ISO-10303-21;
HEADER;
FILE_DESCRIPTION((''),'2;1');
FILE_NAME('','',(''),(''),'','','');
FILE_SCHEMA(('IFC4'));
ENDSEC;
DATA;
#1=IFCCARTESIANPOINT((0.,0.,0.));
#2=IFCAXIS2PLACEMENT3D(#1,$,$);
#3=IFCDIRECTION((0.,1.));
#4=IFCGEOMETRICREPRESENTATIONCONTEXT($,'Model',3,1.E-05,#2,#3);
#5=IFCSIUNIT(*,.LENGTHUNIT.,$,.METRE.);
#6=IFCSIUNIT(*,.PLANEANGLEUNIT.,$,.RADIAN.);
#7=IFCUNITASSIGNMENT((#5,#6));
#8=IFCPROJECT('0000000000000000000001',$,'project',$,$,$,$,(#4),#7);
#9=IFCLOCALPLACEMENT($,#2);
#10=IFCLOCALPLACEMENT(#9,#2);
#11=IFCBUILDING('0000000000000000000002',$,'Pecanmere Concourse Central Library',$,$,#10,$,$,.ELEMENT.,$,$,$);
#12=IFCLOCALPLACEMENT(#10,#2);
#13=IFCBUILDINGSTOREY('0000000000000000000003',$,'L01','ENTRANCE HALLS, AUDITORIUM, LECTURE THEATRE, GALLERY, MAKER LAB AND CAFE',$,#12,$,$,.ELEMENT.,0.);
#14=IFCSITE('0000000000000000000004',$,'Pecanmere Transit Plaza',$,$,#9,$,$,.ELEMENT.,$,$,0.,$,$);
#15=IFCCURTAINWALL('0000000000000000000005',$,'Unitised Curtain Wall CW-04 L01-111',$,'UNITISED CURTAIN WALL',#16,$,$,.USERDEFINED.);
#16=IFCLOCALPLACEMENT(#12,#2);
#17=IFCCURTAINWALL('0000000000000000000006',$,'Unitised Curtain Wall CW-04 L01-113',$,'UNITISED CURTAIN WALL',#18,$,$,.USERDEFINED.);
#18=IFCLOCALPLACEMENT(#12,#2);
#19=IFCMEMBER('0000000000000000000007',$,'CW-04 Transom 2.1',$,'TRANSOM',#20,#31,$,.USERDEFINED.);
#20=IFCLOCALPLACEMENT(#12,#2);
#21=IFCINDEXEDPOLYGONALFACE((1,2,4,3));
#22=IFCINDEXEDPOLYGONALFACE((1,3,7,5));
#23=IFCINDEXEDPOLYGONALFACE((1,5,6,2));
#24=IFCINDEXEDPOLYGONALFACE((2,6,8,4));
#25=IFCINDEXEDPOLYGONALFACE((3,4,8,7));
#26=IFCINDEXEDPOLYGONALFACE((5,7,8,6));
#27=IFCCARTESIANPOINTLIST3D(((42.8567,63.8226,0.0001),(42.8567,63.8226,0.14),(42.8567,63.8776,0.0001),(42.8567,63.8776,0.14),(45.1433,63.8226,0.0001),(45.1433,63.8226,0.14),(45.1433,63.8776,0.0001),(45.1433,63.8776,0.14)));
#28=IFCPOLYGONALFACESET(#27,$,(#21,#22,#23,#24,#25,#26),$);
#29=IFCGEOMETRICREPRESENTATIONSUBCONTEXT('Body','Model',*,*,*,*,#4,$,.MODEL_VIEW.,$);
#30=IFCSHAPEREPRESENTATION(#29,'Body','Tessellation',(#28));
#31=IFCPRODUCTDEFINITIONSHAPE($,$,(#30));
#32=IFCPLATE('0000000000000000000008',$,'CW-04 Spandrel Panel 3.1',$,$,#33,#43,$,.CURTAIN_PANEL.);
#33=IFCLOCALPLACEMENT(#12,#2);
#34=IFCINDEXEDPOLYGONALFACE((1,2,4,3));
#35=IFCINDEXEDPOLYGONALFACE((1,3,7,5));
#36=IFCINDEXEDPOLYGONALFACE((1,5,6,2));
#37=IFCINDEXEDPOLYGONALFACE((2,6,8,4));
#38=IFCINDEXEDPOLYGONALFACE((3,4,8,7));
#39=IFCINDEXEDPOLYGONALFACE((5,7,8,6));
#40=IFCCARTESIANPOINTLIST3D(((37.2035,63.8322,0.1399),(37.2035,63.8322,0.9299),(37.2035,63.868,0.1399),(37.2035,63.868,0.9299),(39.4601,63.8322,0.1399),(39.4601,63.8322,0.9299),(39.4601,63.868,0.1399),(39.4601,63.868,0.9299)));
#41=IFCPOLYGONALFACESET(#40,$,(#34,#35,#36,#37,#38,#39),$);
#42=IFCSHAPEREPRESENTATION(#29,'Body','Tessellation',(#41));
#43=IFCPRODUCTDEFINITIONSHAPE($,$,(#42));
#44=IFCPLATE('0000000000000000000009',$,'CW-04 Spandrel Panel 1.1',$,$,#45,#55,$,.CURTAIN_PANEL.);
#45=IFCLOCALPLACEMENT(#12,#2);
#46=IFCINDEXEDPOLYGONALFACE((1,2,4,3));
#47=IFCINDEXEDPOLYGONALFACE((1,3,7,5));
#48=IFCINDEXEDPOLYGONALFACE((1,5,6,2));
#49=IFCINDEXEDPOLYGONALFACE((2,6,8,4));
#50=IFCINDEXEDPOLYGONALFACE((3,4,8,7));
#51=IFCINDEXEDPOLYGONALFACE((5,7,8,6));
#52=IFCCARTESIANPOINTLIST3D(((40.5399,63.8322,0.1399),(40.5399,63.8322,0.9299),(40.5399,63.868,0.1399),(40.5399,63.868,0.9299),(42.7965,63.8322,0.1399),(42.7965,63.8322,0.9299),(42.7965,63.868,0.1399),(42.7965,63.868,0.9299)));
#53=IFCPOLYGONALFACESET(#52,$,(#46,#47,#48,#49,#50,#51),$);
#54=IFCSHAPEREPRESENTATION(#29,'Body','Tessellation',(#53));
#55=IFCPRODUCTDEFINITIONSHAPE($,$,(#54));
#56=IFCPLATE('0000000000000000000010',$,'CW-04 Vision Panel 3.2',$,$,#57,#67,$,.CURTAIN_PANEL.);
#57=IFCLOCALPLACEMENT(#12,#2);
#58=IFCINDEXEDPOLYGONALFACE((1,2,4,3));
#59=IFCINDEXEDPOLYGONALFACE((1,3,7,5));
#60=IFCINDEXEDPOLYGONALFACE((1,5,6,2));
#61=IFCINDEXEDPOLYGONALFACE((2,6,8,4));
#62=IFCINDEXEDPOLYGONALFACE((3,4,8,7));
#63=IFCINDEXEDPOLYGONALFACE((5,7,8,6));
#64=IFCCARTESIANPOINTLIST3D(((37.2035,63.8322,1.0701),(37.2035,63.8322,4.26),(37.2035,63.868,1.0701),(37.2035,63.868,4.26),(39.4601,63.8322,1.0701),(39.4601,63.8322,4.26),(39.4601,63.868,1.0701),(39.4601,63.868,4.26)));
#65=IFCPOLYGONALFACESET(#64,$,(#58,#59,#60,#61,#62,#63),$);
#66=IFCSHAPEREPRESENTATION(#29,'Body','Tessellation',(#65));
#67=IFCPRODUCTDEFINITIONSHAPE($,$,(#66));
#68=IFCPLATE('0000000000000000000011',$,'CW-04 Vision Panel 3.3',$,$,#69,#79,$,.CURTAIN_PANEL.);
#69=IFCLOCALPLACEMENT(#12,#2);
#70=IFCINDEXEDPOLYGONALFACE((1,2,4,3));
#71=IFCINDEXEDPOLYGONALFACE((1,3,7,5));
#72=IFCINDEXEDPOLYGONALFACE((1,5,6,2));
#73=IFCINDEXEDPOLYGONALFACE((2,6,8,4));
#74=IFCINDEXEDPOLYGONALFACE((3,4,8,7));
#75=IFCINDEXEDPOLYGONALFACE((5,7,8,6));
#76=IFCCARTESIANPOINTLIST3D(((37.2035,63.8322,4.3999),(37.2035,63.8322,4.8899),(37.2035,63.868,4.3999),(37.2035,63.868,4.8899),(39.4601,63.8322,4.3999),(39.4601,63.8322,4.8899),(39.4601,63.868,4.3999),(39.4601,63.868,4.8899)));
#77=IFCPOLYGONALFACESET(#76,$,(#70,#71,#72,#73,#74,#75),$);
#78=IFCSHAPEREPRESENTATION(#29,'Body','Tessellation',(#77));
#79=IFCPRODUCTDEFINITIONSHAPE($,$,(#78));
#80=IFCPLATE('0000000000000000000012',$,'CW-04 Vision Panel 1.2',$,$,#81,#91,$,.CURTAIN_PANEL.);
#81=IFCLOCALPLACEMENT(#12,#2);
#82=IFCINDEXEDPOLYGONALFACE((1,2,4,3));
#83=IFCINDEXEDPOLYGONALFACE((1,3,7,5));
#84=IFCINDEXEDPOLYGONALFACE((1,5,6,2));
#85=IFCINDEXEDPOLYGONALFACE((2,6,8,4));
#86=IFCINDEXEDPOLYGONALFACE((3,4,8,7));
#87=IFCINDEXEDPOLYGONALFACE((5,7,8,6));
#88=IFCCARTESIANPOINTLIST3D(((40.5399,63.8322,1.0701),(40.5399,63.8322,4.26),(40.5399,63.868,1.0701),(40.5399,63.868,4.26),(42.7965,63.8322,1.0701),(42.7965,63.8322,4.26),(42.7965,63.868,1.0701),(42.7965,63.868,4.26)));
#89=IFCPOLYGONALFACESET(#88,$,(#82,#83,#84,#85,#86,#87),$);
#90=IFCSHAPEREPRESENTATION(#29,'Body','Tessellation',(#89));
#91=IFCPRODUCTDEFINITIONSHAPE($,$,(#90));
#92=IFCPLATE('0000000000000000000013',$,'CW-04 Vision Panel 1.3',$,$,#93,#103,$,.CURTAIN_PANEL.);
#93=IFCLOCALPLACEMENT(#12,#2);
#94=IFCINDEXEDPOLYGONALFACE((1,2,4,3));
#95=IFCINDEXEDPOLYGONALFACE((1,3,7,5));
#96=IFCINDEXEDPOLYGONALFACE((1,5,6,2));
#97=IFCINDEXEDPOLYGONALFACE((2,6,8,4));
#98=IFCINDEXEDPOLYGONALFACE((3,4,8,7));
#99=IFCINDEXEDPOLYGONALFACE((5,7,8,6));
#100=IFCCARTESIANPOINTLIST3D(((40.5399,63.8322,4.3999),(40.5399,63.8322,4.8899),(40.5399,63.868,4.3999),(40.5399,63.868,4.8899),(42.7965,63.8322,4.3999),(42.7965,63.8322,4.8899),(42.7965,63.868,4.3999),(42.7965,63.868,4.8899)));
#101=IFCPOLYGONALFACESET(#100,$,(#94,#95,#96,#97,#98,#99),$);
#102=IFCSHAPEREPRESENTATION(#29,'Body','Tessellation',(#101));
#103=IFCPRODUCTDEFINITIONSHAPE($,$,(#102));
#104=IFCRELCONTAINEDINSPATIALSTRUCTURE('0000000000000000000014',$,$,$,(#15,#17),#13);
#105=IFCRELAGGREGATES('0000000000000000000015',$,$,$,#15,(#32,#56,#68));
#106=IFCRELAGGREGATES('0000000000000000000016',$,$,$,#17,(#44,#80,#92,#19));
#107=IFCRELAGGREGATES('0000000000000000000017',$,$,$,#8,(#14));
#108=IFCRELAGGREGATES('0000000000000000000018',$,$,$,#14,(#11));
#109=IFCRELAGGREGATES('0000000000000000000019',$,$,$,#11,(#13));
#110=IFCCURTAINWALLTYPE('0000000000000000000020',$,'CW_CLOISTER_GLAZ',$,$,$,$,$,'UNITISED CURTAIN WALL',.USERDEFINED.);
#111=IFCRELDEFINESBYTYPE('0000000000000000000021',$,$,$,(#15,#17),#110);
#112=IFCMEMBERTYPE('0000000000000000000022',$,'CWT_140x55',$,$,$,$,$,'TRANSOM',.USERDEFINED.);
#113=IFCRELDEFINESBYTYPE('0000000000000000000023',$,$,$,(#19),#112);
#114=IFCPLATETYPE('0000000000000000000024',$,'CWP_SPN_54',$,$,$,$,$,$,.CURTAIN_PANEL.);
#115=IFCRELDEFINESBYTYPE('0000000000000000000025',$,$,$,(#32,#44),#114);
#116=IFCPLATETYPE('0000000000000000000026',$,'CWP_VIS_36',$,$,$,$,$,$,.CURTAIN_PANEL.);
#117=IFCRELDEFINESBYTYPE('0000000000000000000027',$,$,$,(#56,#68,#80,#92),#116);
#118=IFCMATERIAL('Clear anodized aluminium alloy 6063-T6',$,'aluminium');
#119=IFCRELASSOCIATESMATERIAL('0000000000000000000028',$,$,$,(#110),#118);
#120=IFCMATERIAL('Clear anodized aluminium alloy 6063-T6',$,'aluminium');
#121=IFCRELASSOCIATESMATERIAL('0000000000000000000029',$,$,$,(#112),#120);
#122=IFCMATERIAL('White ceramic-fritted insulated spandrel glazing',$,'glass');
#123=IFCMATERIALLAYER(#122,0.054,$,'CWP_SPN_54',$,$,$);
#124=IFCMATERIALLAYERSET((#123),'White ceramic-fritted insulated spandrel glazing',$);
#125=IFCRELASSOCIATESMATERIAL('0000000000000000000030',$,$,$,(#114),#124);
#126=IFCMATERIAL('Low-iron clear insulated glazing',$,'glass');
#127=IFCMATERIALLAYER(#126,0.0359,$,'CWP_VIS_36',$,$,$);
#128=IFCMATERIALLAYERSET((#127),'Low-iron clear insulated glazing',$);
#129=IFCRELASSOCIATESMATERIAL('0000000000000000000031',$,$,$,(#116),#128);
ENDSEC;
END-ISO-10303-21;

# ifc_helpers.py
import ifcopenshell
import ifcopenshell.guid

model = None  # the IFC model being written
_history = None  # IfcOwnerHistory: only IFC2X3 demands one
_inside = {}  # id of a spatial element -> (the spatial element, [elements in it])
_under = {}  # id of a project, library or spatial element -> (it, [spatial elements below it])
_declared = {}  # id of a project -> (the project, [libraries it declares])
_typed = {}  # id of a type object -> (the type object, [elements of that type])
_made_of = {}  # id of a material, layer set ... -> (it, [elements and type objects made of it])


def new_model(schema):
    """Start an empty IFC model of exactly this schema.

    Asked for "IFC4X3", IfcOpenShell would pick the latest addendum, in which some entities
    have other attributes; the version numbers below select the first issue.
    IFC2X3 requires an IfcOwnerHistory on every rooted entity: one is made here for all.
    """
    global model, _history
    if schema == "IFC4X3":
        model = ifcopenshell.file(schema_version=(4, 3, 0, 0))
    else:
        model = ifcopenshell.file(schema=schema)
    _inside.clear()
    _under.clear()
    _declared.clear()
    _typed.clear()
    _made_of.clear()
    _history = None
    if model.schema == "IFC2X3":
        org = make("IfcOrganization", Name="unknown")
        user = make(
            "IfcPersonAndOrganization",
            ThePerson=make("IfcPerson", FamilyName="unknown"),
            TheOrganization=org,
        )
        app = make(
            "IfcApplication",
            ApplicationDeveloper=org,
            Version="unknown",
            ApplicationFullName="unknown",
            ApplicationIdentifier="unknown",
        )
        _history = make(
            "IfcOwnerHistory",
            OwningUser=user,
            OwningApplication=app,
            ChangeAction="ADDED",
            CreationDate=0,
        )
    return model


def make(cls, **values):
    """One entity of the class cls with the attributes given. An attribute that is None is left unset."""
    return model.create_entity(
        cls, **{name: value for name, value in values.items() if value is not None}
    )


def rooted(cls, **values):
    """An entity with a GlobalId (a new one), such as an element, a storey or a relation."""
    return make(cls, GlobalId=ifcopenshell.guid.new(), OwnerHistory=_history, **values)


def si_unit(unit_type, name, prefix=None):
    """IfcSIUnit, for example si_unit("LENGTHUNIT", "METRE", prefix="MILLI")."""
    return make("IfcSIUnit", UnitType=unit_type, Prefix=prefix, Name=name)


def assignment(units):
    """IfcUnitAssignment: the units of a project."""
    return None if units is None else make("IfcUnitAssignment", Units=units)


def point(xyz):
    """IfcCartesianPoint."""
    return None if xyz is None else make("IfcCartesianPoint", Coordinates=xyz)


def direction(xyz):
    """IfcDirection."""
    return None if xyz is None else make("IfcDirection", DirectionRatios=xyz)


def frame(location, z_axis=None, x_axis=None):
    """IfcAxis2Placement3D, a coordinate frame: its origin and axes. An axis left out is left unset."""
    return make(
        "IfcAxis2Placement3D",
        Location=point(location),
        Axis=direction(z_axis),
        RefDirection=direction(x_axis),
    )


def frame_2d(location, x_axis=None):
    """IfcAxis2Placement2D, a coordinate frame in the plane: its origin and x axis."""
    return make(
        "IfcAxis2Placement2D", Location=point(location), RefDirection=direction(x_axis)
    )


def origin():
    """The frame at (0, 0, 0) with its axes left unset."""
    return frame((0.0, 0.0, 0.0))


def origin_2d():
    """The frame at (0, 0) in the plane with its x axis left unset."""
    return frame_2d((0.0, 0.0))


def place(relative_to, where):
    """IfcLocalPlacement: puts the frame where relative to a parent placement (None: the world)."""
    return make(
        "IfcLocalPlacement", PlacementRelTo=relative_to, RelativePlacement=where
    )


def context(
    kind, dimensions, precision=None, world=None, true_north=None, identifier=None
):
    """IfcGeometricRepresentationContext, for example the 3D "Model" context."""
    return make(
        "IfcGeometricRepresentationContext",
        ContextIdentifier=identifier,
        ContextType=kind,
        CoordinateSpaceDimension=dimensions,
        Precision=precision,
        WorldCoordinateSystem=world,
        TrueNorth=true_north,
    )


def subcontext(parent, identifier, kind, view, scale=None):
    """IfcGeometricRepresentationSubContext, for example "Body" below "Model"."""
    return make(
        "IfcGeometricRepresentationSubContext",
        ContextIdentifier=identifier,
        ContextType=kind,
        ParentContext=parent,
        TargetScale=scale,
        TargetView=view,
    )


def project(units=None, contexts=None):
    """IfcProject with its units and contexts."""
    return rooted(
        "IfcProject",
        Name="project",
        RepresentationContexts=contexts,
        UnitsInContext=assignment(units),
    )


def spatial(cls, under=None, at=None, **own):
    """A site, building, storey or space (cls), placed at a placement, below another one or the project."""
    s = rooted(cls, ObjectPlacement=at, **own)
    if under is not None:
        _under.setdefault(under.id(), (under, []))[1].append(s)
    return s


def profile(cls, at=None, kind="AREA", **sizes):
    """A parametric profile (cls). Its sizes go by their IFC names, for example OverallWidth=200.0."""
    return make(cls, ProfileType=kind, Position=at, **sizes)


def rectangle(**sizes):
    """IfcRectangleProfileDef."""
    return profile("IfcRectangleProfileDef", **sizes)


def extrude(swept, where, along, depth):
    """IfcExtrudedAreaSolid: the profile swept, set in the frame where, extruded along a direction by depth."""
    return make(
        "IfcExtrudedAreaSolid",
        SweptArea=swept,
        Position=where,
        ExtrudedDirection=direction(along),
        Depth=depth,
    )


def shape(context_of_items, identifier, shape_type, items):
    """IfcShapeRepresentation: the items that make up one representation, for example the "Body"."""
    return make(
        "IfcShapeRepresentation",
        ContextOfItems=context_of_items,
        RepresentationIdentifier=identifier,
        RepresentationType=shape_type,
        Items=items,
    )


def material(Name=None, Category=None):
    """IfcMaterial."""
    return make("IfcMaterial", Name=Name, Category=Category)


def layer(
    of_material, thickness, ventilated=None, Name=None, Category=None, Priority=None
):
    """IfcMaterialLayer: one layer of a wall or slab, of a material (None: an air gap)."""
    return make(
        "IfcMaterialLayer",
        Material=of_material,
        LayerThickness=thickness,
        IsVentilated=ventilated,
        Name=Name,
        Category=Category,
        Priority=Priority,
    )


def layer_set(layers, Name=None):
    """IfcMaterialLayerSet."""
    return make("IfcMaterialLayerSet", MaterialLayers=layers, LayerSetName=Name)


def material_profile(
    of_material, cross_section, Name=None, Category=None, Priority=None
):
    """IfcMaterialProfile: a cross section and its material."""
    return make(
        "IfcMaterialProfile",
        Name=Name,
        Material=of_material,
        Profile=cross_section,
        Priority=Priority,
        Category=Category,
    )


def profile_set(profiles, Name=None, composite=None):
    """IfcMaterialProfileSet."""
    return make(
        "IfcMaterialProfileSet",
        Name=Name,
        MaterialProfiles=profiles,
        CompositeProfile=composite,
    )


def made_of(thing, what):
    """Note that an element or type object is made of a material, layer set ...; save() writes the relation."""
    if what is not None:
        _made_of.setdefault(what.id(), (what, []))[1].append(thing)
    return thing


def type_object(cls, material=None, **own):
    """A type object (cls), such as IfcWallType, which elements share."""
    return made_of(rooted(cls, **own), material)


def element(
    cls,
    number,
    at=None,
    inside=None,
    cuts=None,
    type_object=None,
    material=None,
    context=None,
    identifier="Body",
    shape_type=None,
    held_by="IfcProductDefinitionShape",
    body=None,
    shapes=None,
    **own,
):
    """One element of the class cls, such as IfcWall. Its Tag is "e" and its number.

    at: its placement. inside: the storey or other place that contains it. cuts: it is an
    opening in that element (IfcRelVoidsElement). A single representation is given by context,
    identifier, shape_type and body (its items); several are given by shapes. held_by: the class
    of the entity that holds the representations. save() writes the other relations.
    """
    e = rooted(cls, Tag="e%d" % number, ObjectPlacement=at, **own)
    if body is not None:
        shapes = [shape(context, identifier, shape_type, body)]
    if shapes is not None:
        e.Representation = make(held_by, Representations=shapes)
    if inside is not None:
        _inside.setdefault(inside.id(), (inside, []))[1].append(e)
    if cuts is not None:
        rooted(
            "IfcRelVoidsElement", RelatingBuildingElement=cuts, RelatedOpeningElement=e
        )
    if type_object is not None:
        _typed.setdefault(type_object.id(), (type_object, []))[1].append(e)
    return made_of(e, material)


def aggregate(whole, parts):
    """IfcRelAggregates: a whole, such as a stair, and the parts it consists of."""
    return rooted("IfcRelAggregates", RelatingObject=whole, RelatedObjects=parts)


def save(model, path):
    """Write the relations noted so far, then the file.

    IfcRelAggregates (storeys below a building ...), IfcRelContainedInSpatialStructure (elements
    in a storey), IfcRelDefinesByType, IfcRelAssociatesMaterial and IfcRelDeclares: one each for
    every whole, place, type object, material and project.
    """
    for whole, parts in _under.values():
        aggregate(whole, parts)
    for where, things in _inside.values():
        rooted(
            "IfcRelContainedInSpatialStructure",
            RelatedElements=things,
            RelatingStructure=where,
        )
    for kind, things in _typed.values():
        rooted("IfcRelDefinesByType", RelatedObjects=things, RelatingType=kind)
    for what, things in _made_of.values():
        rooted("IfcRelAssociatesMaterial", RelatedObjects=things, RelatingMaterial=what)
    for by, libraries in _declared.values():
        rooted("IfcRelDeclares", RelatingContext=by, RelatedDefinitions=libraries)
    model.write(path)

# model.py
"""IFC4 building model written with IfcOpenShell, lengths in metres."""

from ifc_helpers import new_model, si_unit, direction, frame, origin, origin_2d, place, context, subcontext, project, spatial, rectangle, extrude, material, layer, layer_set, material_profile, profile_set, type_object, element, aggregate, save


model = new_model("IFC4")

# Units and contexts
model_context = context("Model", 3, precision=1e-05, world=origin(), true_north=direction((0.0, 1.0)))
body_context = subcontext(model_context, "Body", "Model", "MODEL_VIEW")
ifc_project = project(units=[si_unit("LENGTHUNIT", "METRE"), si_unit("PLANEANGLEUNIT", "RADIAN")], contexts=[model_context])

# Site, building, storey
site_placement = place(None, origin())
site = spatial("IfcSite", under=ifc_project, at=site_placement, Name="Pecanmere Transit Plaza", CompositionType="ELEMENT", RefElevation=0.0)
building_placement = place(site_placement, origin())
building = spatial("IfcBuilding", under=site, at=building_placement, Name="Pecanmere Concourse Central Library", CompositionType="ELEMENT")
storey_placement = place(building_placement, origin())
storey = spatial("IfcBuildingStorey", under=building, at=storey_placement, Name="L01", Description="ENTRANCE HALLS, AUDITORIUM, LECTURE THEATRE, GALLERY, MAKER LAB AND CAFE", CompositionType="ELEMENT", Elevation=0.0)

# Curtain walls
ifc_material_1 = material(Name="Clear anodized aluminium alloy 6063-T6", Category="aluminium")
curtain_wall_type = type_object("IfcCurtainWallType", Name="CW_CLOISTER_GLAZ", ElementType="UNITISED CURTAIN WALL", PredefinedType="USERDEFINED", material=ifc_material_1)
curtain_wall_1_placement = place(storey_placement, origin())
curtain_wall_1 = element("IfcCurtainWall", 1, at=curtain_wall_1_placement, inside=storey, type_object=curtain_wall_type, Name="Unitised Curtain Wall CW-04 L01-111", ObjectType="UNITISED CURTAIN WALL", PredefinedType="USERDEFINED")
curtain_wall_2_placement = place(storey_placement, origin())
curtain_wall_2 = element("IfcCurtainWall", 2, at=curtain_wall_2_placement, inside=storey, type_object=curtain_wall_type, Name="Unitised Curtain Wall CW-04 L01-113", ObjectType="UNITISED CURTAIN WALL", PredefinedType="USERDEFINED")

# Member
ifc_material_2 = material(Name="Clear anodized aluminium alloy 6063-T6", Category="aluminium")
ifc_material_profile_1 = material_profile(ifc_material_2, rectangle(XDim=0.0549, YDim=0.1399, at=origin_2d()), Name="AL 55x140")
ifc_profile_set_1 = profile_set([ifc_material_profile_1], Name="Clear anodized aluminium alloy 6063-T6")
member_type_1 = type_object("IfcMemberType", Name="CWT_140x55", ElementType="TRANSOM", PredefinedType="USERDEFINED", material=ifc_profile_set_1)
member_1_placement = place(storey_placement, frame((42.8567, 63.8501, 0.0701), z_axis=(1.0, 0.0, 0.0), x_axis=(0.0, 1.0, 0.0)))
member_1 = element("IfcMember", 3, at=member_1_placement, type_object=member_type_1, Name="CW-04 Transom 2.1", ObjectType="TRANSOM", PredefinedType="USERDEFINED", context=body_context, shape_type="SweptSolid", body=[
    extrude(rectangle(XDim=0.0549, YDim=0.1399, at=origin_2d()), origin(), (0.0, 0.0, 1.0), 2.2866),
])

# Plates
ifc_material_3 = material(Name="White ceramic-fritted insulated spandrel glazing", Category="glass")
ifc_layer_1 = layer(ifc_material_3, 0.054, Name="CWP_SPN_54")
ifc_layer_set_1 = layer_set([ifc_layer_1], Name="White ceramic-fritted insulated spandrel glazing")
plate_type_1 = type_object("IfcPlateType", Name="CWP_SPN_54", PredefinedType="CURTAIN_PANEL", material=ifc_layer_set_1)
plate_1_placement = place(storey_placement, frame((38.3318, 63.8501, 0.1399), z_axis=(0.0, 0.0, 1.0), x_axis=(1.0, 0.0, 0.0)))
plate_1 = element("IfcPlate", 4, at=plate_1_placement, type_object=plate_type_1, Name="CW-04 Spandrel Panel 3.1", PredefinedType="CURTAIN_PANEL", context=body_context, shape_type="SweptSolid", body=[
    extrude(rectangle(XDim=2.2566, YDim=0.0359, at=origin_2d()), origin(), (0.0, 0.0, 1.0), 0.79),
])
plate_2_placement = place(storey_placement, frame((41.6682, 63.8501, 0.1399), z_axis=(0.0, 0.0, 1.0), x_axis=(1.0, 0.0, 0.0)))
plate_2 = element("IfcPlate", 5, at=plate_2_placement, type_object=plate_type_1, Name="CW-04 Spandrel Panel 1.1", PredefinedType="CURTAIN_PANEL", context=body_context, shape_type="SweptSolid", body=[
    extrude(rectangle(XDim=2.2566, YDim=0.0359, at=origin_2d()), origin(), (0.0, 0.0, 1.0), 0.79),
])
ifc_material_4 = material(Name="Low-iron clear insulated glazing", Category="glass")
ifc_layer_2 = layer(ifc_material_4, 0.0359, Name="CWP_VIS_36")
ifc_layer_set_2 = layer_set([ifc_layer_2], Name="Low-iron clear insulated glazing")
plate_type_2 = type_object("IfcPlateType", Name="CWP_VIS_36", PredefinedType="CURTAIN_PANEL", material=ifc_layer_set_2)
plate_3_placement = place(storey_placement, frame((38.3318, 63.8501, 1.0701), z_axis=(0.0, 0.0, 1.0), x_axis=(1.0, 0.0, 0.0)))
plate_3 = element("IfcPlate", 6, at=plate_3_placement, type_object=plate_type_2, Name="CW-04 Vision Panel 3.2", PredefinedType="CURTAIN_PANEL", context=body_context, shape_type="SweptSolid", body=[
    extrude(rectangle(XDim=2.2566, YDim=0.0359, at=origin_2d()), origin(), (0.0, 0.0, 1.0), 3.1899),
])
plate_4_placement = place(storey_placement, frame((38.3318, 63.8501, 4.3999), z_axis=(0.0, 0.0, 1.0), x_axis=(1.0, 0.0, 0.0)))
plate_4 = element("IfcPlate", 7, at=plate_4_placement, type_object=plate_type_2, Name="CW-04 Vision Panel 3.3", PredefinedType="CURTAIN_PANEL", context=body_context, shape_type="SweptSolid", body=[
    extrude(rectangle(XDim=2.2566, YDim=0.0359, at=origin_2d()), origin(), (0.0, 0.0, 1.0), 0.49),
])
aggregate(curtain_wall_1, [plate_1, plate_3, plate_4])
plate_5_placement = place(storey_placement, frame((41.6682, 63.8501, 1.0701), z_axis=(0.0, 0.0, 1.0), x_axis=(1.0, 0.0, 0.0)))
plate_5 = element("IfcPlate", 8, at=plate_5_placement, type_object=plate_type_2, Name="CW-04 Vision Panel 1.2", PredefinedType="CURTAIN_PANEL", context=body_context, shape_type="SweptSolid", body=[
    extrude(rectangle(XDim=2.2566, YDim=0.0359, at=origin_2d()), origin(), (0.0, 0.0, 1.0), 3.1899),
])
plate_6_placement = place(storey_placement, frame((41.6682, 63.8501, 4.3999), z_axis=(0.0, 0.0, 1.0), x_axis=(1.0, 0.0, 0.0)))
plate_6 = element("IfcPlate", 9, at=plate_6_placement, type_object=plate_type_2, Name="CW-04 Vision Panel 1.3", PredefinedType="CURTAIN_PANEL", context=body_context, shape_type="SweptSolid", body=[
    extrude(rectangle(XDim=2.2566, YDim=0.0359, at=origin_2d()), origin(), (0.0, 0.0, 1.0), 0.49),
])
aggregate(curtain_wall_2, [plate_2, plate_5, plate_6, member_1])

save(model, "model.ifc")
